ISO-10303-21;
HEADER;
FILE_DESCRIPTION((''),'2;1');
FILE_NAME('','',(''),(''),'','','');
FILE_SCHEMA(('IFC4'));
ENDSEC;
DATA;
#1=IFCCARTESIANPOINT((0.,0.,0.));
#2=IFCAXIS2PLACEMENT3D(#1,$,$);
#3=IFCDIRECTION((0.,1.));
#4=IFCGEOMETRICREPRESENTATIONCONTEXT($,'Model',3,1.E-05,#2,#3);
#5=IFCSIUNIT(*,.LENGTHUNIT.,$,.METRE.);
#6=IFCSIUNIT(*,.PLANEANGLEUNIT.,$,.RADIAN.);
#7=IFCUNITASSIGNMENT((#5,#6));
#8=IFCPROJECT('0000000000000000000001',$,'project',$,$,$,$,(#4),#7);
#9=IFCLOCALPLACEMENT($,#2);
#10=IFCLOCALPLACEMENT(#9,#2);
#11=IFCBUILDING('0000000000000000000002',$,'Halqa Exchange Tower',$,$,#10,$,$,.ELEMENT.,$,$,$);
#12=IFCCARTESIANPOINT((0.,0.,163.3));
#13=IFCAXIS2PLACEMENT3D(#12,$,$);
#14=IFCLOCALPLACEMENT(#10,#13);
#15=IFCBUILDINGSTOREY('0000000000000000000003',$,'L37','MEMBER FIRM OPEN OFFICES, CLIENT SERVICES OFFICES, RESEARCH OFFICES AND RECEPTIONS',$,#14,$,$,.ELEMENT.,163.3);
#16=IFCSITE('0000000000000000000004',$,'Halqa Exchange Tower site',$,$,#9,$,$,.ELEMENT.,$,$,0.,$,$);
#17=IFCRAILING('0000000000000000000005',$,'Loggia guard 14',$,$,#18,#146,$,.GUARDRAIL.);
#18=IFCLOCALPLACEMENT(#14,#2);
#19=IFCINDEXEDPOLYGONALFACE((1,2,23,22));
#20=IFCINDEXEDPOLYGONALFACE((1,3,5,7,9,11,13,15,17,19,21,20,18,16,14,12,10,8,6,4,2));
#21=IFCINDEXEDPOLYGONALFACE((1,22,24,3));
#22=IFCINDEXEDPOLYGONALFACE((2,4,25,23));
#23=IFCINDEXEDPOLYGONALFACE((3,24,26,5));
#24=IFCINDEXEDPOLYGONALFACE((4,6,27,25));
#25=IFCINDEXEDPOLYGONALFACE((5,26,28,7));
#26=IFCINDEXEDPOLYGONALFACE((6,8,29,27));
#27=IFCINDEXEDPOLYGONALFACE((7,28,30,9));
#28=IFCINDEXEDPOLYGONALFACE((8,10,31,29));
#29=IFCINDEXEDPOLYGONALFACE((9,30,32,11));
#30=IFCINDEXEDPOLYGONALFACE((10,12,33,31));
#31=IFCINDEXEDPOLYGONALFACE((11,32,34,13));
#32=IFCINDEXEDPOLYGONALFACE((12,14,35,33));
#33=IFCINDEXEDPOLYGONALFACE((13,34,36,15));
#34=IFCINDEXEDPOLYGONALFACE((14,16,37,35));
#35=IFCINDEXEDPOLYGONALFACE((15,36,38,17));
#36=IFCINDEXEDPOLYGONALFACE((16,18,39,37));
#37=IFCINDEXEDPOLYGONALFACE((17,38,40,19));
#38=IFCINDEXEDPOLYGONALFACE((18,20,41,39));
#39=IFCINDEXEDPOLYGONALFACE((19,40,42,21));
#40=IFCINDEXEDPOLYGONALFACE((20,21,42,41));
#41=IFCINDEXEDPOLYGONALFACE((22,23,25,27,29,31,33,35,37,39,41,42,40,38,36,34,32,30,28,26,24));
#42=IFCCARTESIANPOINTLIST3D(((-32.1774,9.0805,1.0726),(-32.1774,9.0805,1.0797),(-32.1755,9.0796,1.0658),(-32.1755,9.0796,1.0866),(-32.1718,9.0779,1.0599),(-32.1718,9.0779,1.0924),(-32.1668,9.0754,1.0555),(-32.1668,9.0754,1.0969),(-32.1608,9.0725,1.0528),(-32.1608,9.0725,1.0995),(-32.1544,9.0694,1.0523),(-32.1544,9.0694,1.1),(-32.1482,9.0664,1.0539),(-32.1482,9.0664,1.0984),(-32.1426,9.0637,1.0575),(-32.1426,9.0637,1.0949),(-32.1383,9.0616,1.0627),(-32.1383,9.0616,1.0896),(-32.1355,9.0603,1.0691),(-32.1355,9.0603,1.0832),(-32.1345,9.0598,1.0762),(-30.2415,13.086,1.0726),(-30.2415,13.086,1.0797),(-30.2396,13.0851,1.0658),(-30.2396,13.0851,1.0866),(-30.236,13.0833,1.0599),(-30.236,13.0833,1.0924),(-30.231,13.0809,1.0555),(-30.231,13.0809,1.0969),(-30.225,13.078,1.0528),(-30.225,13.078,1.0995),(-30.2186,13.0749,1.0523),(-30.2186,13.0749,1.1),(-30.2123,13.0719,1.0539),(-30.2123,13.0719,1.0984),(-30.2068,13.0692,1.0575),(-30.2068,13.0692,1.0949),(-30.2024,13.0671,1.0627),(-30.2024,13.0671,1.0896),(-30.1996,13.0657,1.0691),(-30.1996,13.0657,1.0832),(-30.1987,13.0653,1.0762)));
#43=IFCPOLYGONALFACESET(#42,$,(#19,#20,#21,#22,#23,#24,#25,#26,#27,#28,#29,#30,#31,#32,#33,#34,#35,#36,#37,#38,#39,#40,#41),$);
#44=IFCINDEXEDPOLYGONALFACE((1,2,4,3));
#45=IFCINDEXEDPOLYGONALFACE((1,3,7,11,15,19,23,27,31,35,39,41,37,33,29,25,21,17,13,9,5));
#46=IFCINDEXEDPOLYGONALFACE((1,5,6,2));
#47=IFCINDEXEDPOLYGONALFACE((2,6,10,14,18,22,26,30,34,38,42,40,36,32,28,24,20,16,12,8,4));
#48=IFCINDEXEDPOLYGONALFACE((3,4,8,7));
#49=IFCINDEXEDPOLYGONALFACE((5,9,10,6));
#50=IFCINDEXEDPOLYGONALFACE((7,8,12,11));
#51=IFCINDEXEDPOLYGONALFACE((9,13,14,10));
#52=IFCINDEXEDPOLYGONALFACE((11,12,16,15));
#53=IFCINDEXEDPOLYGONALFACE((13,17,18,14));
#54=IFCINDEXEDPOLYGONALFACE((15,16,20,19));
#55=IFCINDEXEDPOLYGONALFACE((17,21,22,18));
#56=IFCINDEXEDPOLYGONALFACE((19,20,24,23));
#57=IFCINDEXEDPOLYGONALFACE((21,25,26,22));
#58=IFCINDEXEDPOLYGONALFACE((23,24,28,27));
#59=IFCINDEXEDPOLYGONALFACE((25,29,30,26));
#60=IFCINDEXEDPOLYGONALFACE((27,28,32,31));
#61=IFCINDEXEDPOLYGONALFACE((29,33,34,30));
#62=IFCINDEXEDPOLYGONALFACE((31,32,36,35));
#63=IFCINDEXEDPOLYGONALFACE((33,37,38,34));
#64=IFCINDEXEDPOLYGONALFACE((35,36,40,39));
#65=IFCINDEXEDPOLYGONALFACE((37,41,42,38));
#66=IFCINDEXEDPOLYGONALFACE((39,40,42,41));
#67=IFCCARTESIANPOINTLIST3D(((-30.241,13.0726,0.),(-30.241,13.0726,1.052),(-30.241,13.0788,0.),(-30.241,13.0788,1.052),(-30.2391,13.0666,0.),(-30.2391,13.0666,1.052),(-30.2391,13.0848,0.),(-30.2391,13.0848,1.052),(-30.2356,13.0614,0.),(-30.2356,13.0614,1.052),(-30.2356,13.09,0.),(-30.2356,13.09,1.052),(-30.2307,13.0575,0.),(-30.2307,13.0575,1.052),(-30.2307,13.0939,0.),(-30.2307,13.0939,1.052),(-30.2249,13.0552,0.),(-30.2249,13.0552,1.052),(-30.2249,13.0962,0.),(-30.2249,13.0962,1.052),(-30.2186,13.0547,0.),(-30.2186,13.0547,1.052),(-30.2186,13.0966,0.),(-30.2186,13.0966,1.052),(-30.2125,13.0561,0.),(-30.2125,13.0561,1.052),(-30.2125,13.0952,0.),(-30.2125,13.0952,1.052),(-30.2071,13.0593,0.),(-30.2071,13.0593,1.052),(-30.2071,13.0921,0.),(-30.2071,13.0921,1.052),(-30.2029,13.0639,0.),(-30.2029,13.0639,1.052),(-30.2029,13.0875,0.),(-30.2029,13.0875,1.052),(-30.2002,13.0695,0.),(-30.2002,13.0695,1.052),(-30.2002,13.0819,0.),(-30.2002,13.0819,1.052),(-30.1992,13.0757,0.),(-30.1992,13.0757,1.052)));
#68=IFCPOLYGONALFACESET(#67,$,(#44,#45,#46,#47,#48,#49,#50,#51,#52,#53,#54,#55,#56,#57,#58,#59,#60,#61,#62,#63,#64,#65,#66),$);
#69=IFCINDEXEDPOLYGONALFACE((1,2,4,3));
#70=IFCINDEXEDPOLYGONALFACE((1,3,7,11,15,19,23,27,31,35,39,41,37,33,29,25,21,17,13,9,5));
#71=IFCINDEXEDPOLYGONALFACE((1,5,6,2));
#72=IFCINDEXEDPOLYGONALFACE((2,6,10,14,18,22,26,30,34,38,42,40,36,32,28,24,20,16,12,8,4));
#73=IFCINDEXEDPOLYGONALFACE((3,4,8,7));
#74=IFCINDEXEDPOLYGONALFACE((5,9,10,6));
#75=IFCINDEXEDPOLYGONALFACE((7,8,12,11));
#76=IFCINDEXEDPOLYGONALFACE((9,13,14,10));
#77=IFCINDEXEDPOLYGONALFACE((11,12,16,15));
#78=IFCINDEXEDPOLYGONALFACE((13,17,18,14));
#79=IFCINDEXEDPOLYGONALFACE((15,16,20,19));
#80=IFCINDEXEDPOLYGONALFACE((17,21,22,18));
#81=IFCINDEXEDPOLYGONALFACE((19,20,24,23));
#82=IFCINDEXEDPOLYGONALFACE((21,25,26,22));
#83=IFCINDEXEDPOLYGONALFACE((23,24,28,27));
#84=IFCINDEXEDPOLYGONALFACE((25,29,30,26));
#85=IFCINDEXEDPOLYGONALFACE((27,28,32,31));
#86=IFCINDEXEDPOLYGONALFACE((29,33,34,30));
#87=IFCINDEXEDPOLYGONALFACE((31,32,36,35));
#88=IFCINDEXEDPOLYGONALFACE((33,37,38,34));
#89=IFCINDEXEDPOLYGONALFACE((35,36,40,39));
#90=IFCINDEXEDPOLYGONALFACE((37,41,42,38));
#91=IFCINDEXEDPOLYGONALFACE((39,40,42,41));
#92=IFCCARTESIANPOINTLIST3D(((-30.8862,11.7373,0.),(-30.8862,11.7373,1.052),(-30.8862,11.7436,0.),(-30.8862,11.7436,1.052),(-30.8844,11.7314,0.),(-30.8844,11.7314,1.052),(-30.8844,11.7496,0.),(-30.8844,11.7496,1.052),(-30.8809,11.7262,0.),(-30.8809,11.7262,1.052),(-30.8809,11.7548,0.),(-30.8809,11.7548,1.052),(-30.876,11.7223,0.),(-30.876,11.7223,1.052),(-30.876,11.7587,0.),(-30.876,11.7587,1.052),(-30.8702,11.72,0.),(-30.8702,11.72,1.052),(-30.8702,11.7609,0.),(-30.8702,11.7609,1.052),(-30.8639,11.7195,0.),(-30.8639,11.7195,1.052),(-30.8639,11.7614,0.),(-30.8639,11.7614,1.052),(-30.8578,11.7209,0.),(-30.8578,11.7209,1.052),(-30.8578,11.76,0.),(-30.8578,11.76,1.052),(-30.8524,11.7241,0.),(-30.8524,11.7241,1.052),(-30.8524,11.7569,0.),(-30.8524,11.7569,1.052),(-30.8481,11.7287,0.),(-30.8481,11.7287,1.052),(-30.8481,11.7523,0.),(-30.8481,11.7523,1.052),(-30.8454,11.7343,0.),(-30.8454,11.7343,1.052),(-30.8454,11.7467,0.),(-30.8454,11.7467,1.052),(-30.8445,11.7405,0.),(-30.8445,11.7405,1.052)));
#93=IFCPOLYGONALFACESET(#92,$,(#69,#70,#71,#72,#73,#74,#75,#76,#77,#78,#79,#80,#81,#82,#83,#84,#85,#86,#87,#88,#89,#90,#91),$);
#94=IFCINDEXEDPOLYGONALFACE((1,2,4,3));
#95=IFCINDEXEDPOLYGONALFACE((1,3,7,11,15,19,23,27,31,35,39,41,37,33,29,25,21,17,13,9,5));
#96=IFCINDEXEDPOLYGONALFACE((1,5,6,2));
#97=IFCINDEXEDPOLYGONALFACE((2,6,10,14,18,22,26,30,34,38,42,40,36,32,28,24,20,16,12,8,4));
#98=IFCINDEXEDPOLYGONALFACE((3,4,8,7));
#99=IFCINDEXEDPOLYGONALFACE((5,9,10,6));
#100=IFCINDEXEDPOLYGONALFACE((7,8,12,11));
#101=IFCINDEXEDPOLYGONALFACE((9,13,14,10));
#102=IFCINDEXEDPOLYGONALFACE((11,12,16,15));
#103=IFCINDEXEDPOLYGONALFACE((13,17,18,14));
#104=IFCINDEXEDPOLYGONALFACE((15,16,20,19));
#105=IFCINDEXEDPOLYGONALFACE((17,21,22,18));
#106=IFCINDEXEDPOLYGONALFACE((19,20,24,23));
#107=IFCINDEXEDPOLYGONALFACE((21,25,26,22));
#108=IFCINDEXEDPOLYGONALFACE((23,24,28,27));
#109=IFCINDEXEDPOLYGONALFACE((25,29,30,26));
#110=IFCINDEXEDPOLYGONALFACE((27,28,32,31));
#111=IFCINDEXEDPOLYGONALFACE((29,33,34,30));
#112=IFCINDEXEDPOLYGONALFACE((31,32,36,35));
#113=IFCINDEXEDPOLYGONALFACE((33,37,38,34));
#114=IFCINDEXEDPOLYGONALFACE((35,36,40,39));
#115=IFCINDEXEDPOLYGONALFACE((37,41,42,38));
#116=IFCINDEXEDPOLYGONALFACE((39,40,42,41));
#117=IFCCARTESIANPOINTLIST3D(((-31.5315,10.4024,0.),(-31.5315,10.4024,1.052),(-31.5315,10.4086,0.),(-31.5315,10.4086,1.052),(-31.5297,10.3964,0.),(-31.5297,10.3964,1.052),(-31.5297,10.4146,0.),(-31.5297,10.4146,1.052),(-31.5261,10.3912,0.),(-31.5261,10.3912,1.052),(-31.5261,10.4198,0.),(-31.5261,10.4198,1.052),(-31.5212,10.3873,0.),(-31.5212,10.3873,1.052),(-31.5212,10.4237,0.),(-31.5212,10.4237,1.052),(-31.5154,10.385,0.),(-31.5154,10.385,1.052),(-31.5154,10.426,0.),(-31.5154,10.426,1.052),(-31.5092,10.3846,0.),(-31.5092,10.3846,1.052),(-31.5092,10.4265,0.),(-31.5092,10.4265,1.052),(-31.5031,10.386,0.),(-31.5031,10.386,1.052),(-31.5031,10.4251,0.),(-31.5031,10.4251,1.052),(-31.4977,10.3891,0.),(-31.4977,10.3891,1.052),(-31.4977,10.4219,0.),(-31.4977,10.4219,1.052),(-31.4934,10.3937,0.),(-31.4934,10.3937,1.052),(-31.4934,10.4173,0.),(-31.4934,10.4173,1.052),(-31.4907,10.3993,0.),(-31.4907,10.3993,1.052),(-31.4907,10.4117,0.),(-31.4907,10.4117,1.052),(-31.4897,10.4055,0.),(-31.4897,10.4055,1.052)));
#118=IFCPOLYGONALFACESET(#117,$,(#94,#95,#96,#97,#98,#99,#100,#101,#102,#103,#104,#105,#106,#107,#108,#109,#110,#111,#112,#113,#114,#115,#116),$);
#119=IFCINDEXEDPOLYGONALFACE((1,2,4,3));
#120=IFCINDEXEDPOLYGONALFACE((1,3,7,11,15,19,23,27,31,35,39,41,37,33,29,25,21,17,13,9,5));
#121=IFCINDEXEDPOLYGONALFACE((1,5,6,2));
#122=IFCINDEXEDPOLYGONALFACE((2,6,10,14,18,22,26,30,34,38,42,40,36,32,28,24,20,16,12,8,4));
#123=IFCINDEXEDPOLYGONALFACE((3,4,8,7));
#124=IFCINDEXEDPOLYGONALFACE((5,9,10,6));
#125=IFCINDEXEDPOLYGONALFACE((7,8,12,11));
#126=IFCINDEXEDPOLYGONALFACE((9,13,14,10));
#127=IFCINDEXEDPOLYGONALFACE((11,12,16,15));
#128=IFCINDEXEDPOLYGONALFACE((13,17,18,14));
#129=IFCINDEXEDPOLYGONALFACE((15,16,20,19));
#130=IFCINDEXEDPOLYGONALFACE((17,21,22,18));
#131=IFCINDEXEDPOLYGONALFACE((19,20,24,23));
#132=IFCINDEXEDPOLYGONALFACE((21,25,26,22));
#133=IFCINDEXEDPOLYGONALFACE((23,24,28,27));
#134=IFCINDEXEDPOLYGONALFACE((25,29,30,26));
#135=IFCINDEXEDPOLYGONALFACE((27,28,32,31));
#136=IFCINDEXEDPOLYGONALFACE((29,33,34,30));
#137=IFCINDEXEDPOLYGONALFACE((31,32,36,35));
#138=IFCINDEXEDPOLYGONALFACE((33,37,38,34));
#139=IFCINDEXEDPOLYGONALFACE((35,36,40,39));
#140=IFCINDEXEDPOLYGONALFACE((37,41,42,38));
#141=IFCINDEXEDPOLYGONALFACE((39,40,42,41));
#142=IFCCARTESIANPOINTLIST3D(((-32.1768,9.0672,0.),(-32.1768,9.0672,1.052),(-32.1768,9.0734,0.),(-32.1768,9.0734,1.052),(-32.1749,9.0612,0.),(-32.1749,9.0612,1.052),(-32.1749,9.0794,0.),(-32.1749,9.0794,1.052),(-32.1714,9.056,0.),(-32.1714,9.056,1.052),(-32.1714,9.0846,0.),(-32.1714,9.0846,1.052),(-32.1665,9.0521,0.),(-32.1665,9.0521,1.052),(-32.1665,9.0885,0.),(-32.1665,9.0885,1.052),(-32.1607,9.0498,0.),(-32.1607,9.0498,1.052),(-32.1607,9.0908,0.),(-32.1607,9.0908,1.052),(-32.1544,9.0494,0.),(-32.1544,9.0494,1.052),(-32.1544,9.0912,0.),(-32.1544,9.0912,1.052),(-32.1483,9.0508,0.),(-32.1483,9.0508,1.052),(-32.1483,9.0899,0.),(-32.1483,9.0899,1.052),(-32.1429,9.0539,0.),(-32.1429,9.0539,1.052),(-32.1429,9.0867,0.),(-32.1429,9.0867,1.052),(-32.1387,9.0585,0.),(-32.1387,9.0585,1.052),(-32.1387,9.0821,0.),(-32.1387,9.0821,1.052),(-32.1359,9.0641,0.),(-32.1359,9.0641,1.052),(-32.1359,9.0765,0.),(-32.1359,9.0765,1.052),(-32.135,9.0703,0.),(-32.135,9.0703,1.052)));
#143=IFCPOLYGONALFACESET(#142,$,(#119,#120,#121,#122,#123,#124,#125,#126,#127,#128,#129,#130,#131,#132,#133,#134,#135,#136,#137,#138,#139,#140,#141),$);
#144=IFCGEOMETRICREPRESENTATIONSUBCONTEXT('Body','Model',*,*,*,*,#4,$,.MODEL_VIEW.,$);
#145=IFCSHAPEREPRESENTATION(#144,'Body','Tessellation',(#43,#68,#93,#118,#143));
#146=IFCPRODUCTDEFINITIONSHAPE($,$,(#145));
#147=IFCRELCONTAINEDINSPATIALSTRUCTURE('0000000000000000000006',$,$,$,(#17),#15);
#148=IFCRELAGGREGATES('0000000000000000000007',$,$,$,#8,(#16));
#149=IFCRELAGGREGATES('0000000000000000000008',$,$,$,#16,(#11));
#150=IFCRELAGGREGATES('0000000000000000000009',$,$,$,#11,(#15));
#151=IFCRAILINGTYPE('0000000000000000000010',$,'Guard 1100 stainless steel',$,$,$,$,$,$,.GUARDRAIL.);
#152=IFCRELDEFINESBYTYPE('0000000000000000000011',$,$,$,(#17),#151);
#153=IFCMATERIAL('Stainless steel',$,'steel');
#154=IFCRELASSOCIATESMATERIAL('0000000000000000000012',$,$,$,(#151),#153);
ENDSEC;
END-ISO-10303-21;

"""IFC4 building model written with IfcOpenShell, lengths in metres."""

from ifc_helpers import new_model, si_unit, direction, frame, origin, origin_2d, place, context, subcontext, project, spatial, circle, extrude, material, type_object, element, save


model = new_model("IFC4")

# Units and contexts
model_context = context("Model", 3, precision=1e-05, world=origin(), true_north=direction((0.0, 1.0)))
body_context = subcontext(model_context, "Body", "Model", "MODEL_VIEW")
ifc_project = project(units=[si_unit("LENGTHUNIT", "METRE"), si_unit("PLANEANGLEUNIT", "RADIAN")], contexts=[model_context])

# Site, building, storey
site_placement = place(None, origin())
site = spatial("IfcSite", under=ifc_project, at=site_placement, Name="Halqa Exchange Tower site", CompositionType="ELEMENT", RefElevation=0.0)
building_placement = place(site_placement, origin())
building = spatial("IfcBuilding", under=site, at=building_placement, Name="Halqa Exchange Tower", CompositionType="ELEMENT")
storey_placement = place(building_placement, frame((0.0, 0.0, 163.3)))
storey = spatial("IfcBuildingStorey", under=building, at=storey_placement, Name="L37", Description="MEMBER FIRM OPEN OFFICES, CLIENT SERVICES OFFICES, RESEARCH OFFICES AND RECEPTIONS", CompositionType="ELEMENT", Elevation=163.3)

# Railing
ifc_material_1 = material(Name="Stainless steel", Category="steel")
railing_type = type_object("IfcRailingType", Name="Guard 1100 stainless steel", PredefinedType="GUARDRAIL", material=ifc_material_1)
railing_1_placement = place(storey_placement, frame((-30.2202, 13.0757, 0.0)))
element("IfcRailing", 1, at=railing_1_placement, inside=storey, type_object=railing_type, Name="Loggia guard 14", PredefinedType="GUARDRAIL", context=body_context, shape_type="SweptSolid", body=[
    extrude(circle(Radius=0.0239, at=origin_2d()), frame((0.0, 0.0, 1.0762), z_axis=(-0.435143, -0.900361, 0.0), x_axis=(0.900361, -0.435143, 0.0)), (0.0, 0.0, 1.0), 4.4487),
    extrude(circle(Radius=0.021, at=origin_2d()), origin(), (0.0, 0.0, 1.0), 1.052),
    extrude(circle(Radius=0.021, at=origin_2d()), frame((-0.6453, -1.3352, 0.0)), (0.0, 0.0, 1.0), 1.052),
    extrude(circle(Radius=0.021, at=origin_2d()), frame((-1.2905, -2.6702, 0.0)), (0.0, 0.0, 1.0), 1.052),
    extrude(circle(Radius=0.021, at=origin_2d()), frame((-1.9358, -4.0054, 0.0)), (0.0, 0.0, 1.0), 1.052),
])

save(model, "model.ifc")
